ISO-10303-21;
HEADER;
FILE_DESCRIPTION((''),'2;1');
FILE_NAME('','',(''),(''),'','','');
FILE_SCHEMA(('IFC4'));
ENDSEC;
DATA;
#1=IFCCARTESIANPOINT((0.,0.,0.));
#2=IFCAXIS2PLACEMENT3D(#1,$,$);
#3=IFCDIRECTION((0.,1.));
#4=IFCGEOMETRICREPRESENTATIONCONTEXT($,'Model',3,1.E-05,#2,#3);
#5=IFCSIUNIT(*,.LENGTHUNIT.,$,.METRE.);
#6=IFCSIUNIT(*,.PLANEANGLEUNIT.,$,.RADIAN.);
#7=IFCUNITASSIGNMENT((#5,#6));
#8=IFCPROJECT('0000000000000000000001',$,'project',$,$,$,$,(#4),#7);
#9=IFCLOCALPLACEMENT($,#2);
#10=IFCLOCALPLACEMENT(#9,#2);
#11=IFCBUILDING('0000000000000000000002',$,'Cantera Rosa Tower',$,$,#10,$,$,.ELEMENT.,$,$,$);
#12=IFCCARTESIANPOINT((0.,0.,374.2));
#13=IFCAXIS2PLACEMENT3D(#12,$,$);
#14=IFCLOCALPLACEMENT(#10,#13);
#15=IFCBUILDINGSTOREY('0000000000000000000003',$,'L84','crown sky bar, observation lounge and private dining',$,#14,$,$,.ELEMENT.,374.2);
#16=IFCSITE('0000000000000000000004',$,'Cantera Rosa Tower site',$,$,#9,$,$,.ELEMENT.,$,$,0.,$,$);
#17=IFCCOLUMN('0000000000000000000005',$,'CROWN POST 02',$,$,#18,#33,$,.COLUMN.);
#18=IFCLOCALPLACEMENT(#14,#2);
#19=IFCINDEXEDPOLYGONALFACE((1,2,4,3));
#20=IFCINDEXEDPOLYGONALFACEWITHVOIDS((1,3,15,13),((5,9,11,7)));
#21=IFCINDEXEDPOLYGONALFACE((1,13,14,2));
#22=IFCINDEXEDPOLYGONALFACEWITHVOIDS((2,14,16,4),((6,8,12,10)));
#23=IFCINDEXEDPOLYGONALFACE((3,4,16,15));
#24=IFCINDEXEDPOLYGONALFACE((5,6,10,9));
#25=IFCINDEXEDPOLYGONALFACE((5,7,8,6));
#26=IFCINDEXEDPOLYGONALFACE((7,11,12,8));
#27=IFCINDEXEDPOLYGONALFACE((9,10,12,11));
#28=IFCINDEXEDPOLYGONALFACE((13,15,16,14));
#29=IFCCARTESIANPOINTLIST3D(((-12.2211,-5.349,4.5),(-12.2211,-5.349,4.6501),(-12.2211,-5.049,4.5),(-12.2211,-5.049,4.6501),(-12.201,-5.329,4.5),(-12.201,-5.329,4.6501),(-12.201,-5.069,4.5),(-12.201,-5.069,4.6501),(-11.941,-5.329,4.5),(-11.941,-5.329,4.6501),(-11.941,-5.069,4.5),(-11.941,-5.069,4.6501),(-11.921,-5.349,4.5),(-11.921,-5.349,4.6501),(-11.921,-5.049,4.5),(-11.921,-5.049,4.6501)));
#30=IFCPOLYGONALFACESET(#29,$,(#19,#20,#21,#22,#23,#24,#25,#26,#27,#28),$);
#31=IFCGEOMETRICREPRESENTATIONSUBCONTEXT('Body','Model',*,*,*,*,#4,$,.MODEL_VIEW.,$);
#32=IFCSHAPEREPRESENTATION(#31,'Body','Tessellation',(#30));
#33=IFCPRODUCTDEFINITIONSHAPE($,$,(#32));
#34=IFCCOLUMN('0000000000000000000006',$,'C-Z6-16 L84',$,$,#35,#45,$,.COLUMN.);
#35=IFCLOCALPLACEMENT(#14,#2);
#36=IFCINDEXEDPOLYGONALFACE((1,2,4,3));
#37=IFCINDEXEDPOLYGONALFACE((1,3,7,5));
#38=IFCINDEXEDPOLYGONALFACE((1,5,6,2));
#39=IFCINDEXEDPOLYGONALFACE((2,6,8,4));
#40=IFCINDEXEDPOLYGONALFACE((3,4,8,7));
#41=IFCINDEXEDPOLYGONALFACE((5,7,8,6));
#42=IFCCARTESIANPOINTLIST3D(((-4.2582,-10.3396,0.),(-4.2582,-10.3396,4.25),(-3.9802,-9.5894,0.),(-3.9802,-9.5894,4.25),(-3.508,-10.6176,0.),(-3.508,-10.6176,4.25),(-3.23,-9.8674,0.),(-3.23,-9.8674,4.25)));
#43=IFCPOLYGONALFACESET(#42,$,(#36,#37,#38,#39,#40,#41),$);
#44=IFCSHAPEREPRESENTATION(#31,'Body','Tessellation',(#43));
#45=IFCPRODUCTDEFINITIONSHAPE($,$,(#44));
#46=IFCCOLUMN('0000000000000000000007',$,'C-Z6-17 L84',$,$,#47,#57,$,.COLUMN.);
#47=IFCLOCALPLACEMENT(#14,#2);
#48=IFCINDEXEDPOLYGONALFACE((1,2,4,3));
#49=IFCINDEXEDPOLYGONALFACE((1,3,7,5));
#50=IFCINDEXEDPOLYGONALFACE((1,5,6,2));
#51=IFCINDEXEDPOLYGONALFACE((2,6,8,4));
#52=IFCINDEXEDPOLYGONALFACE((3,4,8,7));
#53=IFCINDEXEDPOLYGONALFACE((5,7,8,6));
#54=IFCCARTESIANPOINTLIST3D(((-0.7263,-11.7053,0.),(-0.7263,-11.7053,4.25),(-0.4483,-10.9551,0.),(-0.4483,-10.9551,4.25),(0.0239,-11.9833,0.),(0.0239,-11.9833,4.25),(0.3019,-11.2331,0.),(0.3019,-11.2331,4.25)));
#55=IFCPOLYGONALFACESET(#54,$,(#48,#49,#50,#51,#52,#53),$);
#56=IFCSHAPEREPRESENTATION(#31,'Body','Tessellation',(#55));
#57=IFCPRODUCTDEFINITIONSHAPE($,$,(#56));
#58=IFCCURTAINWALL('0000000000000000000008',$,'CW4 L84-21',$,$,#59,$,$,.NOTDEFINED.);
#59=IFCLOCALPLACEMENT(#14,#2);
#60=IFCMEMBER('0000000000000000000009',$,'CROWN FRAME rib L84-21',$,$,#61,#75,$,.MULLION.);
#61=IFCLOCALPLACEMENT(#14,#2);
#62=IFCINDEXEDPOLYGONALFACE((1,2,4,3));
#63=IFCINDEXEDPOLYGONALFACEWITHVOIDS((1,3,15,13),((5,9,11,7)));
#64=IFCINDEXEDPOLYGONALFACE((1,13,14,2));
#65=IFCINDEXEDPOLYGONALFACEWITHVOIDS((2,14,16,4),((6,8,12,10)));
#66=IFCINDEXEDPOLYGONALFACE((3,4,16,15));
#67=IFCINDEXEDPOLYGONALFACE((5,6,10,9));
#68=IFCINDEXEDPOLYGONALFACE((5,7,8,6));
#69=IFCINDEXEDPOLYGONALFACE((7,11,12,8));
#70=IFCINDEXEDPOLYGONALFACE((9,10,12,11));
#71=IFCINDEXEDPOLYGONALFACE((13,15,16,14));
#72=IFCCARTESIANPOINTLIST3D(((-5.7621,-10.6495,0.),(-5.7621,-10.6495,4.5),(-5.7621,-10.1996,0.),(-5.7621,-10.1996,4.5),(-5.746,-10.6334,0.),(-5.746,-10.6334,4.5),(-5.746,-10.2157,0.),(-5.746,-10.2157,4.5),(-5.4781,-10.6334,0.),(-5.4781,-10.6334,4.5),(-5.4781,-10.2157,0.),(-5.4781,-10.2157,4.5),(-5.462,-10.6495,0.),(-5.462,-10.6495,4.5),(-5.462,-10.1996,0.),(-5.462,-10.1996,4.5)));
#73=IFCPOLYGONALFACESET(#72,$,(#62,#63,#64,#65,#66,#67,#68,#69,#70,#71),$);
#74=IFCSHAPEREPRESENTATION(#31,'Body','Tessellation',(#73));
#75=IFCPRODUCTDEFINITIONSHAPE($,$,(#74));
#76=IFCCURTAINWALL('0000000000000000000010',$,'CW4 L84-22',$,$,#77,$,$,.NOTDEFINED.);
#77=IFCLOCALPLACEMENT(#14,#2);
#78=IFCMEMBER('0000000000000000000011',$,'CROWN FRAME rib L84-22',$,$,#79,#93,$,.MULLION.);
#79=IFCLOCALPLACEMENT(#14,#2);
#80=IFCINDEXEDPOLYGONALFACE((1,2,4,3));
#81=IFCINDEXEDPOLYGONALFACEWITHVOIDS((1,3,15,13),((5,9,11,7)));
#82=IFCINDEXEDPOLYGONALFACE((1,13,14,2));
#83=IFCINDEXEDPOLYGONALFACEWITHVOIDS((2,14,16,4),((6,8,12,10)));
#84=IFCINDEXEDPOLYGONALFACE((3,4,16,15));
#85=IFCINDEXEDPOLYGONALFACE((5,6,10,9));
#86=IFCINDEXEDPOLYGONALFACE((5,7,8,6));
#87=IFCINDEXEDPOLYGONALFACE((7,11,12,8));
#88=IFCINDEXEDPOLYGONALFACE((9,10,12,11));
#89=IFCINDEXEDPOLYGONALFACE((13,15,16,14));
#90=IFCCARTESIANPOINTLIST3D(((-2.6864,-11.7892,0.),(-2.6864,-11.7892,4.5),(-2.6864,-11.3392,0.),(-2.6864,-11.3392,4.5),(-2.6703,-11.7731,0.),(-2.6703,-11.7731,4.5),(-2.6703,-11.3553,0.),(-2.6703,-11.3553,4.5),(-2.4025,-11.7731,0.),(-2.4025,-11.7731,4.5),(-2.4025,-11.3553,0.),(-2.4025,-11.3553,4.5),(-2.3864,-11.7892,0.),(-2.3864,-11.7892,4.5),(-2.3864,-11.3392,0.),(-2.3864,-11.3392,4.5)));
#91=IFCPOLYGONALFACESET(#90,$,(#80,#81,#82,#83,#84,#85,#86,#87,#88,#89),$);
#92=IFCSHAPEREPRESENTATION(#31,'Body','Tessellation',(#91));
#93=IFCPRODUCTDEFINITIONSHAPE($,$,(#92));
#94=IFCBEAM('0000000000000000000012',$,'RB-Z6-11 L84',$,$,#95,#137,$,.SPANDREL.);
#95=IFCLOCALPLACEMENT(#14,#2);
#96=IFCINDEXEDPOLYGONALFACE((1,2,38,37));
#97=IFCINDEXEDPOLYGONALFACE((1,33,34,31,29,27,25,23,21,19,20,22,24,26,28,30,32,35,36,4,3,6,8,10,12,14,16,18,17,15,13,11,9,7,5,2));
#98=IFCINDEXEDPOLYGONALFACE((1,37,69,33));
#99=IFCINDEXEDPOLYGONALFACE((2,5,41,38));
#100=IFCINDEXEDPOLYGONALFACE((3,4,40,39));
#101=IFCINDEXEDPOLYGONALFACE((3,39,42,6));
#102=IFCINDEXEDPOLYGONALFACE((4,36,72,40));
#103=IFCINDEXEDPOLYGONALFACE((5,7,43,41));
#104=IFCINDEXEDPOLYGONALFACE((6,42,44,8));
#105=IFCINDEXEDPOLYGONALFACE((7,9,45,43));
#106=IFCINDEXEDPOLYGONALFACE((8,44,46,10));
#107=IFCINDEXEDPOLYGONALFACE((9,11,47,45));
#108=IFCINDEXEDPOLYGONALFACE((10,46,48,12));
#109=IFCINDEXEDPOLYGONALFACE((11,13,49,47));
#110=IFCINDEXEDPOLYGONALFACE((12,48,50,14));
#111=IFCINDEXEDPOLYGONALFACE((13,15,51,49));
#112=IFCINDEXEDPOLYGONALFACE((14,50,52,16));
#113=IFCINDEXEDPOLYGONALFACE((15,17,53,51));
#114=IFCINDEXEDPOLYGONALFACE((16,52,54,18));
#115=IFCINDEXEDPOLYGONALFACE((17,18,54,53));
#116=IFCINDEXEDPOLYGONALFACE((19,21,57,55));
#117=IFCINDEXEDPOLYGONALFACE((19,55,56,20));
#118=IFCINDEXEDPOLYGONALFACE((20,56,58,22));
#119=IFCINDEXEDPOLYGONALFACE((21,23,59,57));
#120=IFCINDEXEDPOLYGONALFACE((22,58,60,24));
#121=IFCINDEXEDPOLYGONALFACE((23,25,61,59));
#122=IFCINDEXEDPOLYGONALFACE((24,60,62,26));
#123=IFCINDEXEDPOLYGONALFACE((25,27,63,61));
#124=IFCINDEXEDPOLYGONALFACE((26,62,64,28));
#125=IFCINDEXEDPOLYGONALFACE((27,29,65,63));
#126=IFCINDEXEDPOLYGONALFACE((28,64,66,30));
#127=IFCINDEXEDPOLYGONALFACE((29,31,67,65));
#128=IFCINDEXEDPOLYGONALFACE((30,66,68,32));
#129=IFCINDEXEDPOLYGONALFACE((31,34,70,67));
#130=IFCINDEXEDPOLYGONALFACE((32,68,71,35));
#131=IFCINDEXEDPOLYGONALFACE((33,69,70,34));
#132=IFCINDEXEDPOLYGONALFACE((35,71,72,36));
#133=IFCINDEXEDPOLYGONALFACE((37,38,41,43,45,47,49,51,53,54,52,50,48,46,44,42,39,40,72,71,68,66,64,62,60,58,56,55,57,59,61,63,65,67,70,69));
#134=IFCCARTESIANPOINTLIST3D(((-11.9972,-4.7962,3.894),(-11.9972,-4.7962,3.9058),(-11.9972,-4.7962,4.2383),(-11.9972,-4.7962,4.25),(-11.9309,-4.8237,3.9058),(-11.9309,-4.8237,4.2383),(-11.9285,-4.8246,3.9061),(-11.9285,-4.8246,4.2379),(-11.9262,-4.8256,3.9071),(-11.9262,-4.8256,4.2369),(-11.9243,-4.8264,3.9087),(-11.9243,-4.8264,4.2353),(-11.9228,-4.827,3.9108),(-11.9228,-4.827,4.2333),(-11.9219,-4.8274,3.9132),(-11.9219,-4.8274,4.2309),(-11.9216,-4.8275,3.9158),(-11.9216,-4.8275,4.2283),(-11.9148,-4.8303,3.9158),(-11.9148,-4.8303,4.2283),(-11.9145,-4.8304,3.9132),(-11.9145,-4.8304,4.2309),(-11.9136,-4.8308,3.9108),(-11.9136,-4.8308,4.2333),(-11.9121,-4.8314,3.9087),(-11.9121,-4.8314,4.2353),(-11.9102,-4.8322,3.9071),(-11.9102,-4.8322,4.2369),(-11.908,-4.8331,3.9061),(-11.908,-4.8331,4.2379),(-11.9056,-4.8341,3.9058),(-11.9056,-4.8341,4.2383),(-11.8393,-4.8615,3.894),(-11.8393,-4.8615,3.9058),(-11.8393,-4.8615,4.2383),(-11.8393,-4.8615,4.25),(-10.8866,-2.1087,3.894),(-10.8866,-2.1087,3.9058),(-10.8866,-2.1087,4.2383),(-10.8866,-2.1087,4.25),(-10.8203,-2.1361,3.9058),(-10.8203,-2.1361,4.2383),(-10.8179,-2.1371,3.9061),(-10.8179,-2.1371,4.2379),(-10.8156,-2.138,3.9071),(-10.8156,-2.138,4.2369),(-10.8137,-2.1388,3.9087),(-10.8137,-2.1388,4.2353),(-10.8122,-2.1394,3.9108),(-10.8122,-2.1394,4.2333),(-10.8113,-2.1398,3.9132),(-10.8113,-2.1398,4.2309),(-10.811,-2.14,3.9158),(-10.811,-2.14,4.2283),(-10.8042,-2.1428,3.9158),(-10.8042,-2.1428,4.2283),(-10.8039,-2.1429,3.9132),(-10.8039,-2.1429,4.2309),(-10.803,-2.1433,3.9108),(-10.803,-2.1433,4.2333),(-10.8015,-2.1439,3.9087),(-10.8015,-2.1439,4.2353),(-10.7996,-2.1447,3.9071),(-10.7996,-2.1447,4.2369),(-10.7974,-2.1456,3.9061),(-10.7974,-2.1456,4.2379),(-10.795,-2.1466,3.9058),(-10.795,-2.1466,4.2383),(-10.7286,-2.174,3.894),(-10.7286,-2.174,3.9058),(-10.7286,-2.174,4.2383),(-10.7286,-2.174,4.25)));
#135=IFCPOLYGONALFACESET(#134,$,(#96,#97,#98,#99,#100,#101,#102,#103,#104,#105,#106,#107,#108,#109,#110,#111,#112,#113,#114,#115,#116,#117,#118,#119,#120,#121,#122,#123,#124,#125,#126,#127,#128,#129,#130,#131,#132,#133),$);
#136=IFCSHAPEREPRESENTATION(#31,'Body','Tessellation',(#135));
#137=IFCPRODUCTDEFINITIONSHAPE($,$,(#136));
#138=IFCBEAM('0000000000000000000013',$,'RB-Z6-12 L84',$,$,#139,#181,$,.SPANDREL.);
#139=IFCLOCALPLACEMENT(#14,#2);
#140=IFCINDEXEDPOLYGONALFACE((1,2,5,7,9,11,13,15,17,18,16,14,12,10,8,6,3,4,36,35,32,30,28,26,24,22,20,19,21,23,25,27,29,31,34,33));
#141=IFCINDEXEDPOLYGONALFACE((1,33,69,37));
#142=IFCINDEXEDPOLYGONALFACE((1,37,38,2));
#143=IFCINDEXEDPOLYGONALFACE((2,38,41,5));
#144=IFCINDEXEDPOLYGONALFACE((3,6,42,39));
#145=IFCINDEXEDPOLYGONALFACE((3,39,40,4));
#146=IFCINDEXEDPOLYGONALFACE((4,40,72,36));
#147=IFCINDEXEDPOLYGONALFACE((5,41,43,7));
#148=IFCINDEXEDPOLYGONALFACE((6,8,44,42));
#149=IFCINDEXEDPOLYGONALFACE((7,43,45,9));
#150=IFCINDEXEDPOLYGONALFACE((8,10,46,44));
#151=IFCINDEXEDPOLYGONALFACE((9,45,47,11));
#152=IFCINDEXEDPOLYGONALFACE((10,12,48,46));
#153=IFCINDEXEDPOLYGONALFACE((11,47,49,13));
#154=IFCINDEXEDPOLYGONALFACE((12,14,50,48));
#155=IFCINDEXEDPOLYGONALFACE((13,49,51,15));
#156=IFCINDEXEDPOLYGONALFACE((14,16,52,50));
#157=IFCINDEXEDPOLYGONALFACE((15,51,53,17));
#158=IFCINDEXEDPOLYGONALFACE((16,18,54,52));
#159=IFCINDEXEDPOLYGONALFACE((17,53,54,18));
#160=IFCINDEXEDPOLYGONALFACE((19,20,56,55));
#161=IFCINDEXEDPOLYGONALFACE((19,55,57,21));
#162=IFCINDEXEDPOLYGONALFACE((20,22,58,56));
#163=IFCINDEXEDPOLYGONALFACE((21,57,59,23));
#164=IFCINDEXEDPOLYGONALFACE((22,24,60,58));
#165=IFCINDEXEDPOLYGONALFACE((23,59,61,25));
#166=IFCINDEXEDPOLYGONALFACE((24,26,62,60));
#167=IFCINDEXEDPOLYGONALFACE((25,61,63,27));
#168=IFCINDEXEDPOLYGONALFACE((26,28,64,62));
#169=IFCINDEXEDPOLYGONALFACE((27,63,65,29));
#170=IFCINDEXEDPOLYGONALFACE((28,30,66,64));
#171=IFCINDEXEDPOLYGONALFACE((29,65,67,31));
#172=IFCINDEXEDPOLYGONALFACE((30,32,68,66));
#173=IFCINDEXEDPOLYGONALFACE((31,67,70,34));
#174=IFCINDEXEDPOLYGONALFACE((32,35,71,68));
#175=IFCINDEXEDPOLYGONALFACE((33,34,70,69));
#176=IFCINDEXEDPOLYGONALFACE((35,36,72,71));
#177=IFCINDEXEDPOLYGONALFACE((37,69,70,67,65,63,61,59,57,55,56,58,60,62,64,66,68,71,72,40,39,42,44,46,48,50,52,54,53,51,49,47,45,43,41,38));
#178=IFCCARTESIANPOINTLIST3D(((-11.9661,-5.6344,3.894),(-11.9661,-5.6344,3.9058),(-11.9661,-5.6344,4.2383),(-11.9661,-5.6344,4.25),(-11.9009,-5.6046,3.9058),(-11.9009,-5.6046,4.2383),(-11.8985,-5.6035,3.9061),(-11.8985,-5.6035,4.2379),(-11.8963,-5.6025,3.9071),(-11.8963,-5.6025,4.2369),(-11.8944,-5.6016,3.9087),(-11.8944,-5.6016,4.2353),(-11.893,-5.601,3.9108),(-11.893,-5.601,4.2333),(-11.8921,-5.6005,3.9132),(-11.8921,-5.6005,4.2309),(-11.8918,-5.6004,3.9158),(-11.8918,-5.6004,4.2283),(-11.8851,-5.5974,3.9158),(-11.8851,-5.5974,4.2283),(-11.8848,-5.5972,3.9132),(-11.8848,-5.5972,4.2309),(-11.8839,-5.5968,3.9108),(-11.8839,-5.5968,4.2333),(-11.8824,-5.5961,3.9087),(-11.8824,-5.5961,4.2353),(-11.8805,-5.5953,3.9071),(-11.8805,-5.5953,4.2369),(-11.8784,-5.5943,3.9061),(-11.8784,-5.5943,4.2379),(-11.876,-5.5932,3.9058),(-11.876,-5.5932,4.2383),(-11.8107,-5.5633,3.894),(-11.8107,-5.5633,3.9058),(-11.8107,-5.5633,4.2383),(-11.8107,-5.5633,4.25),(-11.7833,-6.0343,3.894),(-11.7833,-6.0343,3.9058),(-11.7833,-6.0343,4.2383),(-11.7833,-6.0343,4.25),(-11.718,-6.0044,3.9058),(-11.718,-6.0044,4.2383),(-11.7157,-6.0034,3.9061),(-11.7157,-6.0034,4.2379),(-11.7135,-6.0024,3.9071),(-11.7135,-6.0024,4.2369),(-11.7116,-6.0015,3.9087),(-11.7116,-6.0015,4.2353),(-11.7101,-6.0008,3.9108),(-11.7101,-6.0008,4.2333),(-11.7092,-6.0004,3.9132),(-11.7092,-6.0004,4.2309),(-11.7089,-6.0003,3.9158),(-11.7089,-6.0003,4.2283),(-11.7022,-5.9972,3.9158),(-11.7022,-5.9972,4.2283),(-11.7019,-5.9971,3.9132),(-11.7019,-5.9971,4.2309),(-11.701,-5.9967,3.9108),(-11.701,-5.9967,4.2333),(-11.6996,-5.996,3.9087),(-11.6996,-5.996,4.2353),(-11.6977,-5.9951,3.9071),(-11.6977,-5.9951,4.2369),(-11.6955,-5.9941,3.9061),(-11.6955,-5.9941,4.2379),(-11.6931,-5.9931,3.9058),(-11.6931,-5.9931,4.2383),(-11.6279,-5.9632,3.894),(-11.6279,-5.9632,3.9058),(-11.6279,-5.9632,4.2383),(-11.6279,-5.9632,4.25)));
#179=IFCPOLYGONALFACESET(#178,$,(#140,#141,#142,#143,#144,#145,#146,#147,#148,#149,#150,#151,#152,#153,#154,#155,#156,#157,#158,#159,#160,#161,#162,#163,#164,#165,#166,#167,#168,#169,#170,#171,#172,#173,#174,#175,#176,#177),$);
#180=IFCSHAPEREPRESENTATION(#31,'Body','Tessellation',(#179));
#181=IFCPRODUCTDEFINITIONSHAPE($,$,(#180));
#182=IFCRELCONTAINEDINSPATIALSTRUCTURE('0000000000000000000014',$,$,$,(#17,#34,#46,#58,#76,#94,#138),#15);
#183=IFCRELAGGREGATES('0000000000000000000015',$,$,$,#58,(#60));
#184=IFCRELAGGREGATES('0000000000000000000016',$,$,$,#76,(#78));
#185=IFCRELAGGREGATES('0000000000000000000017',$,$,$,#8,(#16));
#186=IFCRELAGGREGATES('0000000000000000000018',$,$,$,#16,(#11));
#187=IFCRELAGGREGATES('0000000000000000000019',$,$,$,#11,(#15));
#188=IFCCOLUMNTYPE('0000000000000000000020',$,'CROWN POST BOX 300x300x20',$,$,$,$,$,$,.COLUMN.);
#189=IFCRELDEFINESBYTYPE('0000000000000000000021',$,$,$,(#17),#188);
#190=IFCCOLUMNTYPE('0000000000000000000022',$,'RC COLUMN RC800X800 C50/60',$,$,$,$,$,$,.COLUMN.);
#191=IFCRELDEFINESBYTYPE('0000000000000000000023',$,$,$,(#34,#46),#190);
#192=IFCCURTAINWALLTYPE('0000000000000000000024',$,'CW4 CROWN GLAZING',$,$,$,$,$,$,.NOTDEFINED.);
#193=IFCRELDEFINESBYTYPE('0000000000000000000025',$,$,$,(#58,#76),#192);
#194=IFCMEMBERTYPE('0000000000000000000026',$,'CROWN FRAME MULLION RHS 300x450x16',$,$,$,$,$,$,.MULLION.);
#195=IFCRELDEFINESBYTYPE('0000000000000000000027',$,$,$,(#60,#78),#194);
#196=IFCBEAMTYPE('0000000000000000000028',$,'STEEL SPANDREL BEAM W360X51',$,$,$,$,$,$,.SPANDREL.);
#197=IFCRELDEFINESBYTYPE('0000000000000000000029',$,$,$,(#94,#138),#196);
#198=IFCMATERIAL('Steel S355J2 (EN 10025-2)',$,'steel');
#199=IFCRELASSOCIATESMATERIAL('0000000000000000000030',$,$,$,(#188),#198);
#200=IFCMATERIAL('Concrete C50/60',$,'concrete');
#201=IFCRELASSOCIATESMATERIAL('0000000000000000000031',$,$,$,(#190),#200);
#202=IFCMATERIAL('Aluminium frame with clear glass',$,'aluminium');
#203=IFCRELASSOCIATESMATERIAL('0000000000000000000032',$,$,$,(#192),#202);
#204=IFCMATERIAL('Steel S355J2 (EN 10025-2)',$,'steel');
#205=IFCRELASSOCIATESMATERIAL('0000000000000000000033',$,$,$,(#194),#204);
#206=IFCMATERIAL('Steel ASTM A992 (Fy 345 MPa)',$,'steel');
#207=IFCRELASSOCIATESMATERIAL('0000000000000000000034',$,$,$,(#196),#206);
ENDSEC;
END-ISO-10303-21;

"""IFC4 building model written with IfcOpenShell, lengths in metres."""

from ifc_helpers import new_model, si_unit, direction, frame, origin, origin_2d, place, context, subcontext, project, spatial, rectangle, hollow_rectangle, i_section, extrude, material, material_profile, profile_set, type_object, element, aggregate, save


model = new_model("IFC4")

# Units and contexts
model_context = context("Model", 3, precision=1e-05, world=origin(), true_north=direction((0.0, 1.0)))
body_context = subcontext(model_context, "Body", "Model", "MODEL_VIEW")
ifc_project = project(units=[si_unit("LENGTHUNIT", "METRE"), si_unit("PLANEANGLEUNIT", "RADIAN")], contexts=[model_context])

# Site, building, storey
site_placement = place(None, origin())
site = spatial("IfcSite", under=ifc_project, at=site_placement, Name="Cantera Rosa Tower site", CompositionType="ELEMENT", RefElevation=0.0)
building_placement = place(site_placement, origin())
building = spatial("IfcBuilding", under=site, at=building_placement, Name="Cantera Rosa Tower", CompositionType="ELEMENT")
storey_placement = place(building_placement, frame((0.0, 0.0, 374.2)))
storey = spatial("IfcBuildingStorey", under=building, at=storey_placement, Name="L84", Description="crown sky bar, observation lounge and private dining", CompositionType="ELEMENT", Elevation=374.2)

# Columns
ifc_material_1 = material(Name="Steel S355J2 (EN 10025-2)", Category="steel")
ifc_material_profile_1 = material_profile(ifc_material_1, hollow_rectangle(XDim=0.3, YDim=0.3, WallThickness=0.02, at=origin_2d()), Name="CROWN POST BOX 300x300x20")
ifc_profile_set_1 = profile_set([ifc_material_profile_1], Name="Steel S355J2 (EN 10025-2)")
column_type_1 = type_object("IfcColumnType", Name="CROWN POST BOX 300x300x20", PredefinedType="COLUMN", material=ifc_profile_set_1)
column_placement = place(storey_placement, frame((-12.071, -5.199, 4.5), z_axis=(0.0, 0.0, 1.0), x_axis=(1.0, 0.0, 0.0)))
element("IfcColumn", 1, at=column_placement, inside=storey, type_object=column_type_1, Name="CROWN POST 02", PredefinedType="COLUMN", context=body_context, shape_type="SweptSolid", body=[
    extrude(hollow_rectangle(XDim=0.3, YDim=0.3, WallThickness=0.02, at=origin_2d()), origin(), (0.0, 0.0, 1.0), 0.1501),
])
ifc_material_2 = material(Name="Concrete C50/60", Category="concrete")
ifc_material_profile_2 = material_profile(ifc_material_2, rectangle(XDim=0.8, YDim=0.8, at=origin_2d()), Name="RC COLUMN RC800X800 C50/60")
ifc_profile_set_2 = profile_set([ifc_material_profile_2], Name="Concrete C50/60")
column_type_2 = type_object("IfcColumnType", Name="RC COLUMN RC800X800 C50/60", PredefinedType="COLUMN", material=ifc_profile_set_2)
for number, where, z_axis, x_axis, name in (
    (2, (-3.7441, -10.1035, 0.0), (0.0, 0.0, 1.0), (0.347481, 0.937687, 0.0), "C-Z6-16 L84"),
    (3, (-0.2122, -11.4692, 0.0), (0.0, 0.0, 1.0), (0.347481, 0.937687, 0.0), "C-Z6-17 L84"),
):
    element("IfcColumn", number, at=place(storey_placement, frame(where, z_axis=z_axis, x_axis=x_axis)), inside=storey, type_object=column_type_2, Name=name, PredefinedType="COLUMN", context=body_context, shape_type="SweptSolid", body=[
        extrude(rectangle(XDim=0.8, YDim=0.8, at=origin_2d()), origin(), (0.0, 0.0, 1.0), 4.25),
    ])

# Curtain walls, members
ifc_material_3 = material(Name="Aluminium frame with clear glass", Category="aluminium")
curtain_wall_type = type_object("IfcCurtainWallType", Name="CW4 CROWN GLAZING", PredefinedType="NOTDEFINED", material=ifc_material_3)
curtain_wall_1_placement = place(storey_placement, origin())
curtain_wall_1 = element("IfcCurtainWall", 4, at=curtain_wall_1_placement, inside=storey, type_object=curtain_wall_type, Name="CW4 L84-21", PredefinedType="NOTDEFINED")
ifc_material_4 = material(Name="Steel S355J2 (EN 10025-2)", Category="steel")
ifc_material_profile_3 = material_profile(ifc_material_4, hollow_rectangle(XDim=0.3, YDim=0.45, WallThickness=0.0161, at=origin_2d()), Name="CROWN FRAME MULLION RHS 300x450x16")
ifc_profile_set_3 = profile_set([ifc_material_profile_3], Name="Steel S355J2 (EN 10025-2)")
member_type = type_object("IfcMemberType", Name="CROWN FRAME MULLION RHS 300x450x16", PredefinedType="MULLION", material=ifc_profile_set_3)
member_1_placement = place(storey_placement, frame((-5.6121, -10.4246, 0.0), z_axis=(0.0, 0.0, 1.0), x_axis=(1.0, 0.0, 0.0)))
member_1 = element("IfcMember", 5, at=member_1_placement, type_object=member_type, Name="CROWN FRAME rib L84-21", PredefinedType="MULLION", context=body_context, shape_type="SweptSolid", body=[
    extrude(hollow_rectangle(XDim=0.3, YDim=0.45, WallThickness=0.0161, at=origin_2d()), origin(), (0.0, 0.0, 1.0), 4.5),
])
curtain_wall_2_placement = place(storey_placement, origin())
curtain_wall_2 = element("IfcCurtainWall", 6, at=curtain_wall_2_placement, inside=storey, type_object=curtain_wall_type, Name="CW4 L84-22", PredefinedType="NOTDEFINED")
member_2_placement = place(storey_placement, frame((-2.5364, -11.5642, 0.0), z_axis=(0.0, 0.0, 1.0), x_axis=(1.0, 0.0, 0.0)))
member_2 = element("IfcMember", 7, at=member_2_placement, type_object=member_type, Name="CROWN FRAME rib L84-22", PredefinedType="MULLION", context=body_context, shape_type="SweptSolid", body=[
    extrude(hollow_rectangle(XDim=0.3, YDim=0.45, WallThickness=0.0161, at=origin_2d()), origin(), (0.0, 0.0, 1.0), 4.5),
])

# Beams
ifc_material_5 = material(Name="Steel ASTM A992 (Fy 345 MPa)", Category="steel")
ifc_material_profile_4 = material_profile(ifc_material_5, i_section(OverallWidth=0.1709, OverallDepth=0.356, WebThickness=0.0073, FlangeThickness=0.0117, FilletRadius=0.01, at=origin_2d()), Name="W360X51")
ifc_profile_set_4 = profile_set([ifc_material_profile_4], Name="Steel ASTM A992 (Fy 345 MPa)")
beam_type = type_object("IfcBeamType", Name="STEEL SPANDREL BEAM W360X51", PredefinedType="SPANDREL", material=ifc_profile_set_4)
beam_1_placement = place(storey_placement, frame((-10.8076, -2.1414, 4.072), z_axis=(-0.381919, -0.924196, 0.0), x_axis=(0.924196, -0.381919, 0.0)))
element("IfcBeam", 8, at=beam_1_placement, inside=storey, type_object=beam_type, Name="RB-Z6-11 L84", PredefinedType="SPANDREL", context=body_context, shape_type="SweptSolid", body=[
    extrude(i_section(OverallWidth=0.1709, OverallDepth=0.356, WebThickness=0.0073, FlangeThickness=0.0117, FilletRadius=0.01, at=origin_2d()), origin(), (0.0, 0.0, 1.0), 2.908),
])
beam_2_placement = place(storey_placement, frame((-11.8884, -5.5989, 4.072), z_axis=(0.415852, -0.909432, 0.0), x_axis=(0.909432, 0.415852, 0.0)))
element("IfcBeam", 9, at=beam_2_placement, inside=storey, type_object=beam_type, Name="RB-Z6-12 L84", PredefinedType="SPANDREL", context=body_context, shape_type="SweptSolid", body=[
    extrude(i_section(OverallWidth=0.1709, OverallDepth=0.356, WebThickness=0.0073, FlangeThickness=0.0117, FilletRadius=0.01, at=origin_2d()), origin(), (0.0, 0.0, 1.0), 0.4397),
])

aggregate(curtain_wall_1, [member_1])
aggregate(curtain_wall_2, [member_2])

save(model, "model.ifc")
